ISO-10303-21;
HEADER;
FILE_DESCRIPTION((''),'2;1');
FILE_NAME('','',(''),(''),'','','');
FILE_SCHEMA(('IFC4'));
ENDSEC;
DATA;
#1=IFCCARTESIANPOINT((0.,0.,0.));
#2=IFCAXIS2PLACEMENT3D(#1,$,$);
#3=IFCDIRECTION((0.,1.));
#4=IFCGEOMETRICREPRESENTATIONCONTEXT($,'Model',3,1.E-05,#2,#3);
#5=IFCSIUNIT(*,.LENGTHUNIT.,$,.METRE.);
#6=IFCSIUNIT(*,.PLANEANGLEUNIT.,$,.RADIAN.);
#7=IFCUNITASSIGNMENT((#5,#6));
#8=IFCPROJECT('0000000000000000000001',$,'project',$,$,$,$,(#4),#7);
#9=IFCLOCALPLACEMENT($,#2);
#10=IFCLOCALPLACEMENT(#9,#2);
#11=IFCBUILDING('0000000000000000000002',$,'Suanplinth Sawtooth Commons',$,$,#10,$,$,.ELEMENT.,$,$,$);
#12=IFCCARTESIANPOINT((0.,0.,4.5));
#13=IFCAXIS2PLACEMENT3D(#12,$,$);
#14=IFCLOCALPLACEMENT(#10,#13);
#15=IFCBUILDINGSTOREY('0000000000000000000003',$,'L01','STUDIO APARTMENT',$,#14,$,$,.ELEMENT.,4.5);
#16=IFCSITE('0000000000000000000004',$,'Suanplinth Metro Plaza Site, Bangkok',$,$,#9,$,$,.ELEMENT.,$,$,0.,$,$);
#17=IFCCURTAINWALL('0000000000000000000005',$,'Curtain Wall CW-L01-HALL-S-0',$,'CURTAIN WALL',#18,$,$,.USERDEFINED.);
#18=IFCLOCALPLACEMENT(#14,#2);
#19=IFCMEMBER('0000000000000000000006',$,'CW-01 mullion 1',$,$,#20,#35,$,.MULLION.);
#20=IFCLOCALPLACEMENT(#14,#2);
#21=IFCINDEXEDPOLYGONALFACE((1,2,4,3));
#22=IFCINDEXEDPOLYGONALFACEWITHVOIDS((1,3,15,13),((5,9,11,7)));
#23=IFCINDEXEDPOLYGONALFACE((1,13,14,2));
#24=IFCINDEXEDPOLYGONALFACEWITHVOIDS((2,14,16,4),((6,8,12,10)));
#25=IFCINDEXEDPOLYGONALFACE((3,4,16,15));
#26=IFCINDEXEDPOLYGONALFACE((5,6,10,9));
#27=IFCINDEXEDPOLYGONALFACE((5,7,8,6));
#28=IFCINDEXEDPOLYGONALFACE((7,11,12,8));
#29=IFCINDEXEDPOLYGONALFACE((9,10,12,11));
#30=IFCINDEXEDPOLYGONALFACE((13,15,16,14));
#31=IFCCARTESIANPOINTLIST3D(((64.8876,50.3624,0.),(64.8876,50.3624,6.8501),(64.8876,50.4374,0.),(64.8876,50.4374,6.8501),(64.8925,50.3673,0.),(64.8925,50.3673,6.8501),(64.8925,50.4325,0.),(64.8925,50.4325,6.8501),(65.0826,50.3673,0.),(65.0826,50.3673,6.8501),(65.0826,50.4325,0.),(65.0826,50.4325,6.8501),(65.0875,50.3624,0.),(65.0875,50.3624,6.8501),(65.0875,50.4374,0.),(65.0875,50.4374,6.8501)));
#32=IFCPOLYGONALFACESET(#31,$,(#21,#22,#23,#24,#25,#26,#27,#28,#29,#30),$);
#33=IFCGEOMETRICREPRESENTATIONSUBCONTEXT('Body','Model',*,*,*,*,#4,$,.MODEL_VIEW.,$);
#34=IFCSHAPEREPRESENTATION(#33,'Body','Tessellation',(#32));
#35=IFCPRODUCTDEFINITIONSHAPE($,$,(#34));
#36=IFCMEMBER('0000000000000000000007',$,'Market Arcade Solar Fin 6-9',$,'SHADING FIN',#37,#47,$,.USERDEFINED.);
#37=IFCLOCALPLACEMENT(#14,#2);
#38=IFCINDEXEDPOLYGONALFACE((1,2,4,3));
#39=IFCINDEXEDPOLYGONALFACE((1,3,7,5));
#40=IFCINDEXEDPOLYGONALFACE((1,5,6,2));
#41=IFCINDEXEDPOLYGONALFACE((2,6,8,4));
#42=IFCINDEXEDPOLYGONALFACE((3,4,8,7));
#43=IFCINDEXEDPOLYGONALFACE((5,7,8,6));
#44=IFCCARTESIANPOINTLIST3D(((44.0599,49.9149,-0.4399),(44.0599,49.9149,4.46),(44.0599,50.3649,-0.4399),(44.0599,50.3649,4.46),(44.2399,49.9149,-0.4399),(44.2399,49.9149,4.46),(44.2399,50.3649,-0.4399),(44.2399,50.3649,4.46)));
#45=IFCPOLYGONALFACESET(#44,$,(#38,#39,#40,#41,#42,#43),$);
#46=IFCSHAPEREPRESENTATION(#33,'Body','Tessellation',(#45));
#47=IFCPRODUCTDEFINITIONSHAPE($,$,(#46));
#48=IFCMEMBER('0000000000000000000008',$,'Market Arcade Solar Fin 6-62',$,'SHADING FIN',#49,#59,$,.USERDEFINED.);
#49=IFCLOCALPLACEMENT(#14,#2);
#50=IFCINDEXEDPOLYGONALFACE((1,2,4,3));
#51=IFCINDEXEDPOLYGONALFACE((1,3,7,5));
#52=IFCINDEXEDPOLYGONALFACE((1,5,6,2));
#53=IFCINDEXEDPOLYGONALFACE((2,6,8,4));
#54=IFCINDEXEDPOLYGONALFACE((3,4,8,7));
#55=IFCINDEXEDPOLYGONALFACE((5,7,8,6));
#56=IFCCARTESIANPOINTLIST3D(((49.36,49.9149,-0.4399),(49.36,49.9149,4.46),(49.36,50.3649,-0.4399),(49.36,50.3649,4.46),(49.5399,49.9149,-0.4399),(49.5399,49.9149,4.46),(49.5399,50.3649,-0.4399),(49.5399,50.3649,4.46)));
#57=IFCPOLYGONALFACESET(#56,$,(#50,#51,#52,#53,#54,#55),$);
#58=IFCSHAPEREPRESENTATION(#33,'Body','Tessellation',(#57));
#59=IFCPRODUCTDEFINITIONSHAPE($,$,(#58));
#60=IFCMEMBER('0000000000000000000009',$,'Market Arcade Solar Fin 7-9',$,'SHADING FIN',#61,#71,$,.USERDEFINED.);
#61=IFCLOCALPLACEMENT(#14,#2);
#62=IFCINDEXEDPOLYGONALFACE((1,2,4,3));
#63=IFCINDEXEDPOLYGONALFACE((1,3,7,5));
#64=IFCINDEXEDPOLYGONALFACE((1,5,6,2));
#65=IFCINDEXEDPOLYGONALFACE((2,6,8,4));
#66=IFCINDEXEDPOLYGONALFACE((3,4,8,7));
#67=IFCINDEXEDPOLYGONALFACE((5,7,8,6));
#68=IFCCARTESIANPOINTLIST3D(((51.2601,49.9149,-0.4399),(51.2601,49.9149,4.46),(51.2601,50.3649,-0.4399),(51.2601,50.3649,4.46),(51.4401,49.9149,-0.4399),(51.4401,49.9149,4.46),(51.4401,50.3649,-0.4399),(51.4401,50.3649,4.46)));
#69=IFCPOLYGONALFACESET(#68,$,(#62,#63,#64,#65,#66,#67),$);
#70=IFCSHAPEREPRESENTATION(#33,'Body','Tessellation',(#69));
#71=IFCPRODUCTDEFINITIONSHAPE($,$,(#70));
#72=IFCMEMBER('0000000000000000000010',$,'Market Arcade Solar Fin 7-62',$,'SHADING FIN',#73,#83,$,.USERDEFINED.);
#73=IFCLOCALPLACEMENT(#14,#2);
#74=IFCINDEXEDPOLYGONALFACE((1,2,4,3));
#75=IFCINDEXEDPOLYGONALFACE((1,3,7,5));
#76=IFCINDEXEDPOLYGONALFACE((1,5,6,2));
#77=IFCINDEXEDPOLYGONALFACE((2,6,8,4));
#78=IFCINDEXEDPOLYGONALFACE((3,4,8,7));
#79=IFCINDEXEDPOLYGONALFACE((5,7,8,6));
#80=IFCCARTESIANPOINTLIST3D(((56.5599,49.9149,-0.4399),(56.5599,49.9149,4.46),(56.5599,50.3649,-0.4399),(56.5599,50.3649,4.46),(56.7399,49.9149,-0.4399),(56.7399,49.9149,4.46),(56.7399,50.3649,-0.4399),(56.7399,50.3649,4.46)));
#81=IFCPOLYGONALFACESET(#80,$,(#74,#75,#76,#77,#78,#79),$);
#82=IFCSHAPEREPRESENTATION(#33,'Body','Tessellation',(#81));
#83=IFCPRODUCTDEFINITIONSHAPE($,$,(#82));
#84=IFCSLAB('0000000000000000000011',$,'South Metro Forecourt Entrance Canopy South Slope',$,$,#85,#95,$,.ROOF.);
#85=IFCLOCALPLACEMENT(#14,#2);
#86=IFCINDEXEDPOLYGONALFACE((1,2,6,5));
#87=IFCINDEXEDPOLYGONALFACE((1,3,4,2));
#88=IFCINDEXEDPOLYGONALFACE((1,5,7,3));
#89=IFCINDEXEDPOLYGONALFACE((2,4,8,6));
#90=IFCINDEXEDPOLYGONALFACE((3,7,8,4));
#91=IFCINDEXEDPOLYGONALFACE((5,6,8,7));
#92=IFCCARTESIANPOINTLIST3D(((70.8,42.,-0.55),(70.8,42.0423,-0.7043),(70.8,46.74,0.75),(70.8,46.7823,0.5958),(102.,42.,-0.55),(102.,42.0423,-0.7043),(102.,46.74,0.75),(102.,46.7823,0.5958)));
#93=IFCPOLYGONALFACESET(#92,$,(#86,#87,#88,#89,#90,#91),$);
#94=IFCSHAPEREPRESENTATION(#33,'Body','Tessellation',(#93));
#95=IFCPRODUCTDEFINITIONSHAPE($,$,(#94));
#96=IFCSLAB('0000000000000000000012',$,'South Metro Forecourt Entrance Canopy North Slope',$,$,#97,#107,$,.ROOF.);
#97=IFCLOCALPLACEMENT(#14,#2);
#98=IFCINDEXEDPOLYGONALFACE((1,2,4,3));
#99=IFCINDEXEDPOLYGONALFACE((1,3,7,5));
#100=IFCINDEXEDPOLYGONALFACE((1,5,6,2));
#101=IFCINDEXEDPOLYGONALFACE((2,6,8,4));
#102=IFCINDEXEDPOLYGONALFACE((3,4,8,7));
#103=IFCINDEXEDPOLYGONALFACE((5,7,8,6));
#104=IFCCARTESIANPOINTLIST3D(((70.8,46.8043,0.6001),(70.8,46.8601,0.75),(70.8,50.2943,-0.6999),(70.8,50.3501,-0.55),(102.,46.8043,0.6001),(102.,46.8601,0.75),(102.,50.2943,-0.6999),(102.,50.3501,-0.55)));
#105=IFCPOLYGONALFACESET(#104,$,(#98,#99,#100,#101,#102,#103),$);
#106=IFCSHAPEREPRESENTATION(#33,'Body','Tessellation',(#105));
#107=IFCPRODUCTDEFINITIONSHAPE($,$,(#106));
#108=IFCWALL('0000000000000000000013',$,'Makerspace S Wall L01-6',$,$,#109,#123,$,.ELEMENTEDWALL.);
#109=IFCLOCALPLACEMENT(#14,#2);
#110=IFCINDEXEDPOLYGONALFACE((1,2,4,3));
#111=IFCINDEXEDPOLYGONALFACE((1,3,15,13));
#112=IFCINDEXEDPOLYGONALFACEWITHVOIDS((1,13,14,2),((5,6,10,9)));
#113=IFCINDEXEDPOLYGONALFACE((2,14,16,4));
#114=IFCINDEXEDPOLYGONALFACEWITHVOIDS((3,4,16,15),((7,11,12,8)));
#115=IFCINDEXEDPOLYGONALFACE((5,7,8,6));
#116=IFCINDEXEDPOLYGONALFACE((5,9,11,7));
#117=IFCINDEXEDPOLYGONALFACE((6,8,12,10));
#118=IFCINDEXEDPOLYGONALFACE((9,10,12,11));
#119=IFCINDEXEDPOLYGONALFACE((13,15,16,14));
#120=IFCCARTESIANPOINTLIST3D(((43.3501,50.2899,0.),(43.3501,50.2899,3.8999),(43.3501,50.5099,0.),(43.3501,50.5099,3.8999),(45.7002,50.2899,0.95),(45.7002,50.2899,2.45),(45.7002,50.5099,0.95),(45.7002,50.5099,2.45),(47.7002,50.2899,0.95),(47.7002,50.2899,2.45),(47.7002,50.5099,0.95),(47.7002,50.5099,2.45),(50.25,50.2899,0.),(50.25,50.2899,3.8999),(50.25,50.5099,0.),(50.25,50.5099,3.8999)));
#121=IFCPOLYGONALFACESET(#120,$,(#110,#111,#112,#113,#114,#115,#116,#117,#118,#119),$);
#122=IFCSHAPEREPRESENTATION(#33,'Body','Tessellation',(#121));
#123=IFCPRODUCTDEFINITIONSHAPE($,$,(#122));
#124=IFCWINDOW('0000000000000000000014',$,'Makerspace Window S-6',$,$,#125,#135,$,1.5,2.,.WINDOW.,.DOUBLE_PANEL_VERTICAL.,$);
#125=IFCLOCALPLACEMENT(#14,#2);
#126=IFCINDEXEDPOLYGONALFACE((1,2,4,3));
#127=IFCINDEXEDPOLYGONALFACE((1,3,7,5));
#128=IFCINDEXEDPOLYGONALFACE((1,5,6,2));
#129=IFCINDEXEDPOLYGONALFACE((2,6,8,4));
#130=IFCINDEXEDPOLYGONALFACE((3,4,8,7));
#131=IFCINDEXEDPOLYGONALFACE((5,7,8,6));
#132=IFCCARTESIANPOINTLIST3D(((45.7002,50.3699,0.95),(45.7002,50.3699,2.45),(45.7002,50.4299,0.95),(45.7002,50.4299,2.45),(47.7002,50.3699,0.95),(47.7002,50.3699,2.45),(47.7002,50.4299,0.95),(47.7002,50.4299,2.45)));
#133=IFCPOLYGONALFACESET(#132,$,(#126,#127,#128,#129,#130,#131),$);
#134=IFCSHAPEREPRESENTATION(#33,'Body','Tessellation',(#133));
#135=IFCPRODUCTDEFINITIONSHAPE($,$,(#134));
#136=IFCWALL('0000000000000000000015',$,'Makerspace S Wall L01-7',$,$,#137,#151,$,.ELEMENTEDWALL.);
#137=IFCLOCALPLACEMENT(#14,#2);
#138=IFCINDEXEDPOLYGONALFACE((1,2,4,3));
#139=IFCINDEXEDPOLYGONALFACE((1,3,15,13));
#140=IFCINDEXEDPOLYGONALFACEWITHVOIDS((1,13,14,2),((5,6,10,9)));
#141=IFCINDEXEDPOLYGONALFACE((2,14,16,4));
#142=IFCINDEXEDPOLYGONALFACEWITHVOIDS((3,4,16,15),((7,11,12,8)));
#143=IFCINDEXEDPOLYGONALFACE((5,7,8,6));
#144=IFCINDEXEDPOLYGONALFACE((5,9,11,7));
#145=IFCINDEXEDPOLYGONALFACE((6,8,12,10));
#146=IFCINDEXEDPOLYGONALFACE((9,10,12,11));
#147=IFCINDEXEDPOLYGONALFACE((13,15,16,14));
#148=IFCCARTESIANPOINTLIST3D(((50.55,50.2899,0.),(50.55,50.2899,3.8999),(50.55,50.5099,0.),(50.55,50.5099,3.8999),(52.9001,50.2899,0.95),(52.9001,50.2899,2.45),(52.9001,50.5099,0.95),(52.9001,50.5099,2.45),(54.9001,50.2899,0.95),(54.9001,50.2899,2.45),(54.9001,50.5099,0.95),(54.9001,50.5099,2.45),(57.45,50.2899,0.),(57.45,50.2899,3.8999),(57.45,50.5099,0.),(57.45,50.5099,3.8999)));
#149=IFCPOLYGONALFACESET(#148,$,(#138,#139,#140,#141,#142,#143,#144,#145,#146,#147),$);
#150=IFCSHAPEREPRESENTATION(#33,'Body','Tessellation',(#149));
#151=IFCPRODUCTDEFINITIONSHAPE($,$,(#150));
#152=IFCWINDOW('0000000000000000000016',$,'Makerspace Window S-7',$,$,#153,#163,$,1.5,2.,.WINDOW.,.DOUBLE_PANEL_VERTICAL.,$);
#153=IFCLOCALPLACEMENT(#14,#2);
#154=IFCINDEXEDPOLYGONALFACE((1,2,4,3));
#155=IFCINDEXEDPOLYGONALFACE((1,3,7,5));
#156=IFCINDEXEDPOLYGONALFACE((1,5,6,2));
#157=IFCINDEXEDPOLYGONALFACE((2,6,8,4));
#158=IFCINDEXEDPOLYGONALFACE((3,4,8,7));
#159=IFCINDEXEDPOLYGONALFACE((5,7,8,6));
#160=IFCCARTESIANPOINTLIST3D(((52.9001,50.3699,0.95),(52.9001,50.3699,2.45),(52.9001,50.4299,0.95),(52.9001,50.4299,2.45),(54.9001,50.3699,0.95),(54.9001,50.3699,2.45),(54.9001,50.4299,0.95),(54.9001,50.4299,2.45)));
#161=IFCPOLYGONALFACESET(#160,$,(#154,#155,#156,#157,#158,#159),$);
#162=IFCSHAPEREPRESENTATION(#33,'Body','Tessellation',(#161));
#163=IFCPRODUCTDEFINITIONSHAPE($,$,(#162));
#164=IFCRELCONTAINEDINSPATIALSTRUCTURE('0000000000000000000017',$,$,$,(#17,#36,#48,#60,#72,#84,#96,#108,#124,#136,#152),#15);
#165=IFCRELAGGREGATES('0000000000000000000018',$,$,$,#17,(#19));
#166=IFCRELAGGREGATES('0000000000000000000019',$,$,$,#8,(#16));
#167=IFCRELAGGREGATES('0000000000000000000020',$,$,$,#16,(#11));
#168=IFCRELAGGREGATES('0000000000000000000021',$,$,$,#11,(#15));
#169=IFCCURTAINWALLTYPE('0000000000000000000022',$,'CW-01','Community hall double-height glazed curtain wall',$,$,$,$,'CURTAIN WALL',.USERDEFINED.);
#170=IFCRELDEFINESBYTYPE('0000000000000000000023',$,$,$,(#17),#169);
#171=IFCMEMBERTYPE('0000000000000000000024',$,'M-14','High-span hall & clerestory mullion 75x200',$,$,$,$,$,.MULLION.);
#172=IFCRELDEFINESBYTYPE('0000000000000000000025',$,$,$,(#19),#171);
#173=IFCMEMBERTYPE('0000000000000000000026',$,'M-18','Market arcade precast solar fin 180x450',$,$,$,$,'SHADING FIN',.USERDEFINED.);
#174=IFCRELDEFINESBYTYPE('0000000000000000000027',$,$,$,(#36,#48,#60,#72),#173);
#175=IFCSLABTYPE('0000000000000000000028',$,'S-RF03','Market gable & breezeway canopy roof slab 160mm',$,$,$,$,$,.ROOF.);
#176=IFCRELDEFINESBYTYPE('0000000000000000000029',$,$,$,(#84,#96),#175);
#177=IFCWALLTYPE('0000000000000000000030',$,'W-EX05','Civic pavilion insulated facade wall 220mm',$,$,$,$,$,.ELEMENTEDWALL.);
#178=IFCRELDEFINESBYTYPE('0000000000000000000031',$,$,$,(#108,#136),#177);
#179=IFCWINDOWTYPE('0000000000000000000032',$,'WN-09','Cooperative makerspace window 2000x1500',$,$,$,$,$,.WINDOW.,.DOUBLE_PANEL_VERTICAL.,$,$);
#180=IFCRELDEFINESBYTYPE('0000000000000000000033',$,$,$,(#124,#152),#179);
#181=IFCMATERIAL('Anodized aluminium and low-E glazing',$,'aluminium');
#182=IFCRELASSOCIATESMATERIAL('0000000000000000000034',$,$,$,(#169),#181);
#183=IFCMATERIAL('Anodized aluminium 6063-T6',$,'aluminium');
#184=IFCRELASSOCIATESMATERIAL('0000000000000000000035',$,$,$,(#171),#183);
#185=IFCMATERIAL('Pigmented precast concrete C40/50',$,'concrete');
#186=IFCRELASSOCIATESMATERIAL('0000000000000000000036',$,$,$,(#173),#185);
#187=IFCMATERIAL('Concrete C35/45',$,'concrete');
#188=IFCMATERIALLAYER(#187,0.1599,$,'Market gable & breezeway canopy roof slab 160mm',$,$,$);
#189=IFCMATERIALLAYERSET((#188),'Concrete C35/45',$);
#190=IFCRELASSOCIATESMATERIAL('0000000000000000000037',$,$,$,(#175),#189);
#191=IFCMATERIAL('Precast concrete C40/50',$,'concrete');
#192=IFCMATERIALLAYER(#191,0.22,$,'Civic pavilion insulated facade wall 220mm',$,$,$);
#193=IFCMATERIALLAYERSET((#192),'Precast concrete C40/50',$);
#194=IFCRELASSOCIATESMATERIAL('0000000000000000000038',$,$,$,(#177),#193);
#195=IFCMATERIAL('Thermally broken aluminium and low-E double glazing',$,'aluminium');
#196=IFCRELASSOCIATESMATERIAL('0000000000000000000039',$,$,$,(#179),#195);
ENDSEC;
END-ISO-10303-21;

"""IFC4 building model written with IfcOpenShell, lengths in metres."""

from ifc_helpers import new_model, si_unit, direction, frame, frame_2d, origin, origin_2d, place, context, subcontext, project, spatial, polyline, rectangle, hollow_rectangle, outline, extrude, material, layer, layer_set, material_profile, profile_set, type_object, element, fill, aggregate, save


model = new_model("IFC4")

# Units and contexts
model_context = context("Model", 3, precision=1e-05, world=origin(), true_north=direction((0.0, 1.0)))
body_context = subcontext(model_context, "Body", "Model", "MODEL_VIEW")
ifc_project = project(units=[si_unit("LENGTHUNIT", "METRE"), si_unit("PLANEANGLEUNIT", "RADIAN")], contexts=[model_context])

# Site, building, storey
site_placement = place(None, origin())
site = spatial("IfcSite", under=ifc_project, at=site_placement, Name="Suanplinth Metro Plaza Site, Bangkok", CompositionType="ELEMENT", RefElevation=0.0)
building_placement = place(site_placement, origin())
building = spatial("IfcBuilding", under=site, at=building_placement, Name="Suanplinth Sawtooth Commons", CompositionType="ELEMENT")
storey_placement = place(building_placement, frame((0.0, 0.0, 4.5)))
storey = spatial("IfcBuildingStorey", under=building, at=storey_placement, Name="L01", Description="STUDIO APARTMENT", CompositionType="ELEMENT", Elevation=4.5)

# Shared definitions
ifc_material_1 = material(Name="Precast concrete C40/50", Category="concrete")

# Shared definitions
ifc_material_2 = material(Name="Pigmented precast concrete C40/50", Category="concrete")

# Curtain wall, member
ifc_material_3 = material(Name="Anodized aluminium and low-E glazing", Category="aluminium")
curtain_wall_type = type_object("IfcCurtainWallType", Name="CW-01", Description="Community hall double-height glazed curtain wall", ElementType="CURTAIN WALL", PredefinedType="USERDEFINED", material=ifc_material_3)
curtain_wall_placement = place(storey_placement, origin())
curtain_wall = element("IfcCurtainWall", 1, at=curtain_wall_placement, inside=storey, type_object=curtain_wall_type, Name="Curtain Wall CW-L01-HALL-S-0", ObjectType="CURTAIN WALL", PredefinedType="USERDEFINED")
ifc_material_4 = material(Name="Anodized aluminium 6063-T6", Category="aluminium")
ifc_material_profile_1 = material_profile(ifc_material_4, hollow_rectangle(XDim=0.075, YDim=0.2, WallThickness=0.0049, at=origin_2d()), Name="ALU-MUL 75x200")
ifc_profile_set_1 = profile_set([ifc_material_profile_1], Name="Anodized aluminium 6063-T6")
member_type_1 = type_object("IfcMemberType", Name="M-14", Description="High-span hall & clerestory mullion 75x200", PredefinedType="MULLION", material=ifc_profile_set_1)
member_1_placement = place(storey_placement, frame((64.9875, 50.3999, 0.0), z_axis=(0.0, 0.0, 1.0), x_axis=(0.0, 1.0, 0.0)))
member_1 = element("IfcMember", 2, at=member_1_placement, type_object=member_type_1, Name="CW-01 mullion 1", PredefinedType="MULLION", context=body_context, shape_type="SweptSolid", body=[
    extrude(hollow_rectangle(XDim=0.075, YDim=0.2, WallThickness=0.0049, at=origin_2d()), origin(), (0.0, 0.0, 1.0), 6.8501),
])
aggregate(curtain_wall, [member_1])

# Members
ifc_material_profile_2 = material_profile(ifc_material_2, rectangle(XDim=0.1799, YDim=0.45, at=origin_2d()), Name="PC-FIN 180x450")
ifc_profile_set_2 = profile_set([ifc_material_profile_2], Name="Pigmented precast concrete C40/50")
member_type_2 = type_object("IfcMemberType", Name="M-18", Description="Market arcade precast solar fin 180x450", ElementType="SHADING FIN", PredefinedType="USERDEFINED", material=ifc_profile_set_2)
for number, where, z_axis, x_axis, name in (
    (3, (44.1499, 50.1399, -0.4399), (0.0, 0.0, 1.0), (1.0, 0.0, 0.0), "Market Arcade Solar Fin 6-9"),
    (4, (49.45, 50.1399, -0.4399), (0.0, 0.0, 1.0), (1.0, 0.0, 0.0), "Market Arcade Solar Fin 6-62"),
    (5, (51.3501, 50.1399, -0.4399), (0.0, 0.0, 1.0), (1.0, 0.0, 0.0), "Market Arcade Solar Fin 7-9"),
    (6, (56.6499, 50.1399, -0.4399), (0.0, 0.0, 1.0), (1.0, 0.0, 0.0), "Market Arcade Solar Fin 7-62"),
):
    element("IfcMember", number, at=place(storey_placement, frame(where, z_axis=z_axis, x_axis=x_axis)), inside=storey, type_object=member_type_2, Name=name, ObjectType="SHADING FIN", PredefinedType="USERDEFINED", context=body_context, shape_type="SweptSolid", body=[
        extrude(rectangle(XDim=0.1799, YDim=0.45, at=origin_2d()), origin(), (0.0, 0.0, 1.0), 4.8999),
    ])

# Slabs
ifc_material_5 = material(Name="Concrete C35/45", Category="concrete")
ifc_layer_1 = layer(ifc_material_5, 0.1599, Name="Market gable & breezeway canopy roof slab 160mm")
ifc_layer_set_1 = layer_set([ifc_layer_1], Name="Concrete C35/45")
slab_type = type_object("IfcSlabType", Name="S-RF03", Description="Market gable & breezeway canopy roof slab 160mm", PredefinedType="ROOF", material=ifc_layer_set_1)
slab_1_placement = place(storey_placement, frame((70.8, 42.0, -0.55), z_axis=(0.0, -0.264504, 0.964385), x_axis=(1.0, 0.0, 0.0)))
element("IfcSlab", 7, at=slab_1_placement, inside=storey, type_object=slab_type, Name="South Metro Forecourt Entrance Canopy South Slope", PredefinedType="ROOF", context=body_context, shape_type="SweptSolid", body=[
    extrude(outline(polyline([(0.0, 0.0), (31.2, 0.0), (31.2, 4.915), (0.0, 4.915), (0.0, 0.0)])), origin(), (0.0, 0.0, -1.0), 0.1599),
])
slab_2_placement = place(storey_placement, frame((70.8, 50.3501, -0.55), z_axis=(0.0, 0.349075, 0.937095), x_axis=(1.0, 0.0, 0.0)))
element("IfcSlab", 8, at=slab_2_placement, inside=storey, type_object=slab_type, Name="South Metro Forecourt Entrance Canopy North Slope", PredefinedType="ROOF", context=body_context, shape_type="SweptSolid", body=[
    extrude(outline(polyline([(0.0, 0.0), (31.2, 0.0), (31.2, -3.7243), (0.0, -3.7243), (0.0, 0.0)])), origin(), (0.0, 0.0, -1.0), 0.1599),
])

# Walls, openings, windows
ifc_layer_2 = layer(ifc_material_1, 0.22, Name="Civic pavilion insulated facade wall 220mm")
ifc_layer_set_2 = layer_set([ifc_layer_2], Name="Precast concrete C40/50")
wall_type = type_object("IfcWallType", Name="W-EX05", Description="Civic pavilion insulated facade wall 220mm", PredefinedType="ELEMENTEDWALL", material=ifc_layer_set_2)
wall_1_placement = place(storey_placement, frame((43.3501, 50.3999, 0.0), z_axis=(0.0, 0.0, 1.0), x_axis=(1.0, 0.0, 0.0)))
wall_1 = element("IfcWall", 9, at=wall_1_placement, inside=storey, type_object=wall_type, Name="Makerspace S Wall L01-6", PredefinedType="ELEMENTEDWALL", context=body_context, shape_type="SweptSolid", body=[
    extrude(rectangle(XDim=6.8999, YDim=0.22, at=frame_2d((3.45, 0.0))), origin(), (0.0, 0.0, 1.0), 3.8999),
])
opening_1_placement = place(wall_1_placement, frame((2.3501, 0.0, 0.95)))
opening_1 = element("IfcOpeningElement", 10, at=opening_1_placement, cuts=wall_1, PredefinedType="OPENING", context=body_context, shape_type="SweptSolid", body=[
    extrude(rectangle(XDim=2.0, YDim=1.5, at=frame_2d((1.0, 0.75))), frame((0.0, 0.125, 0.0), z_axis=(0.0, -1.0, 0.0), x_axis=(1.0, 0.0, 0.0)), (0.0, 0.0, 1.0), 0.2498),
])
ifc_material_6 = material(Name="Thermally broken aluminium and low-E double glazing", Category="aluminium")
window_type = type_object("IfcWindowType", Name="WN-09", Description="Cooperative makerspace window 2000x1500", PartitioningType="DOUBLE_PANEL_VERTICAL", PredefinedType="WINDOW", material=ifc_material_6)
window_1_placement = place(opening_1_placement, origin())
window_1 = element("IfcWindow", 11, at=window_1_placement, inside=storey, type_object=window_type, Name="Makerspace Window S-6", OverallHeight=1.5, OverallWidth=2.0, PartitioningType="DOUBLE_PANEL_VERTICAL", PredefinedType="WINDOW", context=body_context, shape_type="SweptSolid", body=[
    extrude(rectangle(XDim=2.0, YDim=1.5, at=frame_2d((1.0, 0.75))), frame((0.0, 0.03, 0.0), z_axis=(0.0, -1.0, 0.0), x_axis=(1.0, 0.0, 0.0)), (0.0, 0.0, 1.0), 0.0601),
])
fill(opening_1, window_1)
wall_2_placement = place(storey_placement, frame((50.55, 50.3999, 0.0), z_axis=(0.0, 0.0, 1.0), x_axis=(1.0, 0.0, 0.0)))
wall_2 = element("IfcWall", 12, at=wall_2_placement, inside=storey, type_object=wall_type, Name="Makerspace S Wall L01-7", PredefinedType="ELEMENTEDWALL", context=body_context, shape_type="SweptSolid", body=[
    extrude(rectangle(XDim=6.8999, YDim=0.22, at=frame_2d((3.45, 0.0))), origin(), (0.0, 0.0, 1.0), 3.8999),
])
opening_2_placement = place(wall_2_placement, frame((2.3501, 0.0, 0.95)))
opening_2 = element("IfcOpeningElement", 13, at=opening_2_placement, cuts=wall_2, PredefinedType="OPENING", context=body_context, shape_type="SweptSolid", body=[
    extrude(rectangle(XDim=2.0, YDim=1.5, at=frame_2d((1.0, 0.75))), frame((0.0, 0.125, 0.0), z_axis=(0.0, -1.0, 0.0), x_axis=(1.0, 0.0, 0.0)), (0.0, 0.0, 1.0), 0.2498),
])
window_2_placement = place(opening_2_placement, origin())
window_2 = element("IfcWindow", 14, at=window_2_placement, inside=storey, type_object=window_type, Name="Makerspace Window S-7", OverallHeight=1.5, OverallWidth=2.0, PartitioningType="DOUBLE_PANEL_VERTICAL", PredefinedType="WINDOW", context=body_context, shape_type="SweptSolid", body=[
    extrude(rectangle(XDim=2.0, YDim=1.5, at=frame_2d((1.0, 0.75))), frame((0.0, 0.03, 0.0), z_axis=(0.0, -1.0, 0.0), x_axis=(1.0, 0.0, 0.0)), (0.0, 0.0, 1.0), 0.0601),
])
fill(opening_2, window_2)

save(model, "model.ifc")
